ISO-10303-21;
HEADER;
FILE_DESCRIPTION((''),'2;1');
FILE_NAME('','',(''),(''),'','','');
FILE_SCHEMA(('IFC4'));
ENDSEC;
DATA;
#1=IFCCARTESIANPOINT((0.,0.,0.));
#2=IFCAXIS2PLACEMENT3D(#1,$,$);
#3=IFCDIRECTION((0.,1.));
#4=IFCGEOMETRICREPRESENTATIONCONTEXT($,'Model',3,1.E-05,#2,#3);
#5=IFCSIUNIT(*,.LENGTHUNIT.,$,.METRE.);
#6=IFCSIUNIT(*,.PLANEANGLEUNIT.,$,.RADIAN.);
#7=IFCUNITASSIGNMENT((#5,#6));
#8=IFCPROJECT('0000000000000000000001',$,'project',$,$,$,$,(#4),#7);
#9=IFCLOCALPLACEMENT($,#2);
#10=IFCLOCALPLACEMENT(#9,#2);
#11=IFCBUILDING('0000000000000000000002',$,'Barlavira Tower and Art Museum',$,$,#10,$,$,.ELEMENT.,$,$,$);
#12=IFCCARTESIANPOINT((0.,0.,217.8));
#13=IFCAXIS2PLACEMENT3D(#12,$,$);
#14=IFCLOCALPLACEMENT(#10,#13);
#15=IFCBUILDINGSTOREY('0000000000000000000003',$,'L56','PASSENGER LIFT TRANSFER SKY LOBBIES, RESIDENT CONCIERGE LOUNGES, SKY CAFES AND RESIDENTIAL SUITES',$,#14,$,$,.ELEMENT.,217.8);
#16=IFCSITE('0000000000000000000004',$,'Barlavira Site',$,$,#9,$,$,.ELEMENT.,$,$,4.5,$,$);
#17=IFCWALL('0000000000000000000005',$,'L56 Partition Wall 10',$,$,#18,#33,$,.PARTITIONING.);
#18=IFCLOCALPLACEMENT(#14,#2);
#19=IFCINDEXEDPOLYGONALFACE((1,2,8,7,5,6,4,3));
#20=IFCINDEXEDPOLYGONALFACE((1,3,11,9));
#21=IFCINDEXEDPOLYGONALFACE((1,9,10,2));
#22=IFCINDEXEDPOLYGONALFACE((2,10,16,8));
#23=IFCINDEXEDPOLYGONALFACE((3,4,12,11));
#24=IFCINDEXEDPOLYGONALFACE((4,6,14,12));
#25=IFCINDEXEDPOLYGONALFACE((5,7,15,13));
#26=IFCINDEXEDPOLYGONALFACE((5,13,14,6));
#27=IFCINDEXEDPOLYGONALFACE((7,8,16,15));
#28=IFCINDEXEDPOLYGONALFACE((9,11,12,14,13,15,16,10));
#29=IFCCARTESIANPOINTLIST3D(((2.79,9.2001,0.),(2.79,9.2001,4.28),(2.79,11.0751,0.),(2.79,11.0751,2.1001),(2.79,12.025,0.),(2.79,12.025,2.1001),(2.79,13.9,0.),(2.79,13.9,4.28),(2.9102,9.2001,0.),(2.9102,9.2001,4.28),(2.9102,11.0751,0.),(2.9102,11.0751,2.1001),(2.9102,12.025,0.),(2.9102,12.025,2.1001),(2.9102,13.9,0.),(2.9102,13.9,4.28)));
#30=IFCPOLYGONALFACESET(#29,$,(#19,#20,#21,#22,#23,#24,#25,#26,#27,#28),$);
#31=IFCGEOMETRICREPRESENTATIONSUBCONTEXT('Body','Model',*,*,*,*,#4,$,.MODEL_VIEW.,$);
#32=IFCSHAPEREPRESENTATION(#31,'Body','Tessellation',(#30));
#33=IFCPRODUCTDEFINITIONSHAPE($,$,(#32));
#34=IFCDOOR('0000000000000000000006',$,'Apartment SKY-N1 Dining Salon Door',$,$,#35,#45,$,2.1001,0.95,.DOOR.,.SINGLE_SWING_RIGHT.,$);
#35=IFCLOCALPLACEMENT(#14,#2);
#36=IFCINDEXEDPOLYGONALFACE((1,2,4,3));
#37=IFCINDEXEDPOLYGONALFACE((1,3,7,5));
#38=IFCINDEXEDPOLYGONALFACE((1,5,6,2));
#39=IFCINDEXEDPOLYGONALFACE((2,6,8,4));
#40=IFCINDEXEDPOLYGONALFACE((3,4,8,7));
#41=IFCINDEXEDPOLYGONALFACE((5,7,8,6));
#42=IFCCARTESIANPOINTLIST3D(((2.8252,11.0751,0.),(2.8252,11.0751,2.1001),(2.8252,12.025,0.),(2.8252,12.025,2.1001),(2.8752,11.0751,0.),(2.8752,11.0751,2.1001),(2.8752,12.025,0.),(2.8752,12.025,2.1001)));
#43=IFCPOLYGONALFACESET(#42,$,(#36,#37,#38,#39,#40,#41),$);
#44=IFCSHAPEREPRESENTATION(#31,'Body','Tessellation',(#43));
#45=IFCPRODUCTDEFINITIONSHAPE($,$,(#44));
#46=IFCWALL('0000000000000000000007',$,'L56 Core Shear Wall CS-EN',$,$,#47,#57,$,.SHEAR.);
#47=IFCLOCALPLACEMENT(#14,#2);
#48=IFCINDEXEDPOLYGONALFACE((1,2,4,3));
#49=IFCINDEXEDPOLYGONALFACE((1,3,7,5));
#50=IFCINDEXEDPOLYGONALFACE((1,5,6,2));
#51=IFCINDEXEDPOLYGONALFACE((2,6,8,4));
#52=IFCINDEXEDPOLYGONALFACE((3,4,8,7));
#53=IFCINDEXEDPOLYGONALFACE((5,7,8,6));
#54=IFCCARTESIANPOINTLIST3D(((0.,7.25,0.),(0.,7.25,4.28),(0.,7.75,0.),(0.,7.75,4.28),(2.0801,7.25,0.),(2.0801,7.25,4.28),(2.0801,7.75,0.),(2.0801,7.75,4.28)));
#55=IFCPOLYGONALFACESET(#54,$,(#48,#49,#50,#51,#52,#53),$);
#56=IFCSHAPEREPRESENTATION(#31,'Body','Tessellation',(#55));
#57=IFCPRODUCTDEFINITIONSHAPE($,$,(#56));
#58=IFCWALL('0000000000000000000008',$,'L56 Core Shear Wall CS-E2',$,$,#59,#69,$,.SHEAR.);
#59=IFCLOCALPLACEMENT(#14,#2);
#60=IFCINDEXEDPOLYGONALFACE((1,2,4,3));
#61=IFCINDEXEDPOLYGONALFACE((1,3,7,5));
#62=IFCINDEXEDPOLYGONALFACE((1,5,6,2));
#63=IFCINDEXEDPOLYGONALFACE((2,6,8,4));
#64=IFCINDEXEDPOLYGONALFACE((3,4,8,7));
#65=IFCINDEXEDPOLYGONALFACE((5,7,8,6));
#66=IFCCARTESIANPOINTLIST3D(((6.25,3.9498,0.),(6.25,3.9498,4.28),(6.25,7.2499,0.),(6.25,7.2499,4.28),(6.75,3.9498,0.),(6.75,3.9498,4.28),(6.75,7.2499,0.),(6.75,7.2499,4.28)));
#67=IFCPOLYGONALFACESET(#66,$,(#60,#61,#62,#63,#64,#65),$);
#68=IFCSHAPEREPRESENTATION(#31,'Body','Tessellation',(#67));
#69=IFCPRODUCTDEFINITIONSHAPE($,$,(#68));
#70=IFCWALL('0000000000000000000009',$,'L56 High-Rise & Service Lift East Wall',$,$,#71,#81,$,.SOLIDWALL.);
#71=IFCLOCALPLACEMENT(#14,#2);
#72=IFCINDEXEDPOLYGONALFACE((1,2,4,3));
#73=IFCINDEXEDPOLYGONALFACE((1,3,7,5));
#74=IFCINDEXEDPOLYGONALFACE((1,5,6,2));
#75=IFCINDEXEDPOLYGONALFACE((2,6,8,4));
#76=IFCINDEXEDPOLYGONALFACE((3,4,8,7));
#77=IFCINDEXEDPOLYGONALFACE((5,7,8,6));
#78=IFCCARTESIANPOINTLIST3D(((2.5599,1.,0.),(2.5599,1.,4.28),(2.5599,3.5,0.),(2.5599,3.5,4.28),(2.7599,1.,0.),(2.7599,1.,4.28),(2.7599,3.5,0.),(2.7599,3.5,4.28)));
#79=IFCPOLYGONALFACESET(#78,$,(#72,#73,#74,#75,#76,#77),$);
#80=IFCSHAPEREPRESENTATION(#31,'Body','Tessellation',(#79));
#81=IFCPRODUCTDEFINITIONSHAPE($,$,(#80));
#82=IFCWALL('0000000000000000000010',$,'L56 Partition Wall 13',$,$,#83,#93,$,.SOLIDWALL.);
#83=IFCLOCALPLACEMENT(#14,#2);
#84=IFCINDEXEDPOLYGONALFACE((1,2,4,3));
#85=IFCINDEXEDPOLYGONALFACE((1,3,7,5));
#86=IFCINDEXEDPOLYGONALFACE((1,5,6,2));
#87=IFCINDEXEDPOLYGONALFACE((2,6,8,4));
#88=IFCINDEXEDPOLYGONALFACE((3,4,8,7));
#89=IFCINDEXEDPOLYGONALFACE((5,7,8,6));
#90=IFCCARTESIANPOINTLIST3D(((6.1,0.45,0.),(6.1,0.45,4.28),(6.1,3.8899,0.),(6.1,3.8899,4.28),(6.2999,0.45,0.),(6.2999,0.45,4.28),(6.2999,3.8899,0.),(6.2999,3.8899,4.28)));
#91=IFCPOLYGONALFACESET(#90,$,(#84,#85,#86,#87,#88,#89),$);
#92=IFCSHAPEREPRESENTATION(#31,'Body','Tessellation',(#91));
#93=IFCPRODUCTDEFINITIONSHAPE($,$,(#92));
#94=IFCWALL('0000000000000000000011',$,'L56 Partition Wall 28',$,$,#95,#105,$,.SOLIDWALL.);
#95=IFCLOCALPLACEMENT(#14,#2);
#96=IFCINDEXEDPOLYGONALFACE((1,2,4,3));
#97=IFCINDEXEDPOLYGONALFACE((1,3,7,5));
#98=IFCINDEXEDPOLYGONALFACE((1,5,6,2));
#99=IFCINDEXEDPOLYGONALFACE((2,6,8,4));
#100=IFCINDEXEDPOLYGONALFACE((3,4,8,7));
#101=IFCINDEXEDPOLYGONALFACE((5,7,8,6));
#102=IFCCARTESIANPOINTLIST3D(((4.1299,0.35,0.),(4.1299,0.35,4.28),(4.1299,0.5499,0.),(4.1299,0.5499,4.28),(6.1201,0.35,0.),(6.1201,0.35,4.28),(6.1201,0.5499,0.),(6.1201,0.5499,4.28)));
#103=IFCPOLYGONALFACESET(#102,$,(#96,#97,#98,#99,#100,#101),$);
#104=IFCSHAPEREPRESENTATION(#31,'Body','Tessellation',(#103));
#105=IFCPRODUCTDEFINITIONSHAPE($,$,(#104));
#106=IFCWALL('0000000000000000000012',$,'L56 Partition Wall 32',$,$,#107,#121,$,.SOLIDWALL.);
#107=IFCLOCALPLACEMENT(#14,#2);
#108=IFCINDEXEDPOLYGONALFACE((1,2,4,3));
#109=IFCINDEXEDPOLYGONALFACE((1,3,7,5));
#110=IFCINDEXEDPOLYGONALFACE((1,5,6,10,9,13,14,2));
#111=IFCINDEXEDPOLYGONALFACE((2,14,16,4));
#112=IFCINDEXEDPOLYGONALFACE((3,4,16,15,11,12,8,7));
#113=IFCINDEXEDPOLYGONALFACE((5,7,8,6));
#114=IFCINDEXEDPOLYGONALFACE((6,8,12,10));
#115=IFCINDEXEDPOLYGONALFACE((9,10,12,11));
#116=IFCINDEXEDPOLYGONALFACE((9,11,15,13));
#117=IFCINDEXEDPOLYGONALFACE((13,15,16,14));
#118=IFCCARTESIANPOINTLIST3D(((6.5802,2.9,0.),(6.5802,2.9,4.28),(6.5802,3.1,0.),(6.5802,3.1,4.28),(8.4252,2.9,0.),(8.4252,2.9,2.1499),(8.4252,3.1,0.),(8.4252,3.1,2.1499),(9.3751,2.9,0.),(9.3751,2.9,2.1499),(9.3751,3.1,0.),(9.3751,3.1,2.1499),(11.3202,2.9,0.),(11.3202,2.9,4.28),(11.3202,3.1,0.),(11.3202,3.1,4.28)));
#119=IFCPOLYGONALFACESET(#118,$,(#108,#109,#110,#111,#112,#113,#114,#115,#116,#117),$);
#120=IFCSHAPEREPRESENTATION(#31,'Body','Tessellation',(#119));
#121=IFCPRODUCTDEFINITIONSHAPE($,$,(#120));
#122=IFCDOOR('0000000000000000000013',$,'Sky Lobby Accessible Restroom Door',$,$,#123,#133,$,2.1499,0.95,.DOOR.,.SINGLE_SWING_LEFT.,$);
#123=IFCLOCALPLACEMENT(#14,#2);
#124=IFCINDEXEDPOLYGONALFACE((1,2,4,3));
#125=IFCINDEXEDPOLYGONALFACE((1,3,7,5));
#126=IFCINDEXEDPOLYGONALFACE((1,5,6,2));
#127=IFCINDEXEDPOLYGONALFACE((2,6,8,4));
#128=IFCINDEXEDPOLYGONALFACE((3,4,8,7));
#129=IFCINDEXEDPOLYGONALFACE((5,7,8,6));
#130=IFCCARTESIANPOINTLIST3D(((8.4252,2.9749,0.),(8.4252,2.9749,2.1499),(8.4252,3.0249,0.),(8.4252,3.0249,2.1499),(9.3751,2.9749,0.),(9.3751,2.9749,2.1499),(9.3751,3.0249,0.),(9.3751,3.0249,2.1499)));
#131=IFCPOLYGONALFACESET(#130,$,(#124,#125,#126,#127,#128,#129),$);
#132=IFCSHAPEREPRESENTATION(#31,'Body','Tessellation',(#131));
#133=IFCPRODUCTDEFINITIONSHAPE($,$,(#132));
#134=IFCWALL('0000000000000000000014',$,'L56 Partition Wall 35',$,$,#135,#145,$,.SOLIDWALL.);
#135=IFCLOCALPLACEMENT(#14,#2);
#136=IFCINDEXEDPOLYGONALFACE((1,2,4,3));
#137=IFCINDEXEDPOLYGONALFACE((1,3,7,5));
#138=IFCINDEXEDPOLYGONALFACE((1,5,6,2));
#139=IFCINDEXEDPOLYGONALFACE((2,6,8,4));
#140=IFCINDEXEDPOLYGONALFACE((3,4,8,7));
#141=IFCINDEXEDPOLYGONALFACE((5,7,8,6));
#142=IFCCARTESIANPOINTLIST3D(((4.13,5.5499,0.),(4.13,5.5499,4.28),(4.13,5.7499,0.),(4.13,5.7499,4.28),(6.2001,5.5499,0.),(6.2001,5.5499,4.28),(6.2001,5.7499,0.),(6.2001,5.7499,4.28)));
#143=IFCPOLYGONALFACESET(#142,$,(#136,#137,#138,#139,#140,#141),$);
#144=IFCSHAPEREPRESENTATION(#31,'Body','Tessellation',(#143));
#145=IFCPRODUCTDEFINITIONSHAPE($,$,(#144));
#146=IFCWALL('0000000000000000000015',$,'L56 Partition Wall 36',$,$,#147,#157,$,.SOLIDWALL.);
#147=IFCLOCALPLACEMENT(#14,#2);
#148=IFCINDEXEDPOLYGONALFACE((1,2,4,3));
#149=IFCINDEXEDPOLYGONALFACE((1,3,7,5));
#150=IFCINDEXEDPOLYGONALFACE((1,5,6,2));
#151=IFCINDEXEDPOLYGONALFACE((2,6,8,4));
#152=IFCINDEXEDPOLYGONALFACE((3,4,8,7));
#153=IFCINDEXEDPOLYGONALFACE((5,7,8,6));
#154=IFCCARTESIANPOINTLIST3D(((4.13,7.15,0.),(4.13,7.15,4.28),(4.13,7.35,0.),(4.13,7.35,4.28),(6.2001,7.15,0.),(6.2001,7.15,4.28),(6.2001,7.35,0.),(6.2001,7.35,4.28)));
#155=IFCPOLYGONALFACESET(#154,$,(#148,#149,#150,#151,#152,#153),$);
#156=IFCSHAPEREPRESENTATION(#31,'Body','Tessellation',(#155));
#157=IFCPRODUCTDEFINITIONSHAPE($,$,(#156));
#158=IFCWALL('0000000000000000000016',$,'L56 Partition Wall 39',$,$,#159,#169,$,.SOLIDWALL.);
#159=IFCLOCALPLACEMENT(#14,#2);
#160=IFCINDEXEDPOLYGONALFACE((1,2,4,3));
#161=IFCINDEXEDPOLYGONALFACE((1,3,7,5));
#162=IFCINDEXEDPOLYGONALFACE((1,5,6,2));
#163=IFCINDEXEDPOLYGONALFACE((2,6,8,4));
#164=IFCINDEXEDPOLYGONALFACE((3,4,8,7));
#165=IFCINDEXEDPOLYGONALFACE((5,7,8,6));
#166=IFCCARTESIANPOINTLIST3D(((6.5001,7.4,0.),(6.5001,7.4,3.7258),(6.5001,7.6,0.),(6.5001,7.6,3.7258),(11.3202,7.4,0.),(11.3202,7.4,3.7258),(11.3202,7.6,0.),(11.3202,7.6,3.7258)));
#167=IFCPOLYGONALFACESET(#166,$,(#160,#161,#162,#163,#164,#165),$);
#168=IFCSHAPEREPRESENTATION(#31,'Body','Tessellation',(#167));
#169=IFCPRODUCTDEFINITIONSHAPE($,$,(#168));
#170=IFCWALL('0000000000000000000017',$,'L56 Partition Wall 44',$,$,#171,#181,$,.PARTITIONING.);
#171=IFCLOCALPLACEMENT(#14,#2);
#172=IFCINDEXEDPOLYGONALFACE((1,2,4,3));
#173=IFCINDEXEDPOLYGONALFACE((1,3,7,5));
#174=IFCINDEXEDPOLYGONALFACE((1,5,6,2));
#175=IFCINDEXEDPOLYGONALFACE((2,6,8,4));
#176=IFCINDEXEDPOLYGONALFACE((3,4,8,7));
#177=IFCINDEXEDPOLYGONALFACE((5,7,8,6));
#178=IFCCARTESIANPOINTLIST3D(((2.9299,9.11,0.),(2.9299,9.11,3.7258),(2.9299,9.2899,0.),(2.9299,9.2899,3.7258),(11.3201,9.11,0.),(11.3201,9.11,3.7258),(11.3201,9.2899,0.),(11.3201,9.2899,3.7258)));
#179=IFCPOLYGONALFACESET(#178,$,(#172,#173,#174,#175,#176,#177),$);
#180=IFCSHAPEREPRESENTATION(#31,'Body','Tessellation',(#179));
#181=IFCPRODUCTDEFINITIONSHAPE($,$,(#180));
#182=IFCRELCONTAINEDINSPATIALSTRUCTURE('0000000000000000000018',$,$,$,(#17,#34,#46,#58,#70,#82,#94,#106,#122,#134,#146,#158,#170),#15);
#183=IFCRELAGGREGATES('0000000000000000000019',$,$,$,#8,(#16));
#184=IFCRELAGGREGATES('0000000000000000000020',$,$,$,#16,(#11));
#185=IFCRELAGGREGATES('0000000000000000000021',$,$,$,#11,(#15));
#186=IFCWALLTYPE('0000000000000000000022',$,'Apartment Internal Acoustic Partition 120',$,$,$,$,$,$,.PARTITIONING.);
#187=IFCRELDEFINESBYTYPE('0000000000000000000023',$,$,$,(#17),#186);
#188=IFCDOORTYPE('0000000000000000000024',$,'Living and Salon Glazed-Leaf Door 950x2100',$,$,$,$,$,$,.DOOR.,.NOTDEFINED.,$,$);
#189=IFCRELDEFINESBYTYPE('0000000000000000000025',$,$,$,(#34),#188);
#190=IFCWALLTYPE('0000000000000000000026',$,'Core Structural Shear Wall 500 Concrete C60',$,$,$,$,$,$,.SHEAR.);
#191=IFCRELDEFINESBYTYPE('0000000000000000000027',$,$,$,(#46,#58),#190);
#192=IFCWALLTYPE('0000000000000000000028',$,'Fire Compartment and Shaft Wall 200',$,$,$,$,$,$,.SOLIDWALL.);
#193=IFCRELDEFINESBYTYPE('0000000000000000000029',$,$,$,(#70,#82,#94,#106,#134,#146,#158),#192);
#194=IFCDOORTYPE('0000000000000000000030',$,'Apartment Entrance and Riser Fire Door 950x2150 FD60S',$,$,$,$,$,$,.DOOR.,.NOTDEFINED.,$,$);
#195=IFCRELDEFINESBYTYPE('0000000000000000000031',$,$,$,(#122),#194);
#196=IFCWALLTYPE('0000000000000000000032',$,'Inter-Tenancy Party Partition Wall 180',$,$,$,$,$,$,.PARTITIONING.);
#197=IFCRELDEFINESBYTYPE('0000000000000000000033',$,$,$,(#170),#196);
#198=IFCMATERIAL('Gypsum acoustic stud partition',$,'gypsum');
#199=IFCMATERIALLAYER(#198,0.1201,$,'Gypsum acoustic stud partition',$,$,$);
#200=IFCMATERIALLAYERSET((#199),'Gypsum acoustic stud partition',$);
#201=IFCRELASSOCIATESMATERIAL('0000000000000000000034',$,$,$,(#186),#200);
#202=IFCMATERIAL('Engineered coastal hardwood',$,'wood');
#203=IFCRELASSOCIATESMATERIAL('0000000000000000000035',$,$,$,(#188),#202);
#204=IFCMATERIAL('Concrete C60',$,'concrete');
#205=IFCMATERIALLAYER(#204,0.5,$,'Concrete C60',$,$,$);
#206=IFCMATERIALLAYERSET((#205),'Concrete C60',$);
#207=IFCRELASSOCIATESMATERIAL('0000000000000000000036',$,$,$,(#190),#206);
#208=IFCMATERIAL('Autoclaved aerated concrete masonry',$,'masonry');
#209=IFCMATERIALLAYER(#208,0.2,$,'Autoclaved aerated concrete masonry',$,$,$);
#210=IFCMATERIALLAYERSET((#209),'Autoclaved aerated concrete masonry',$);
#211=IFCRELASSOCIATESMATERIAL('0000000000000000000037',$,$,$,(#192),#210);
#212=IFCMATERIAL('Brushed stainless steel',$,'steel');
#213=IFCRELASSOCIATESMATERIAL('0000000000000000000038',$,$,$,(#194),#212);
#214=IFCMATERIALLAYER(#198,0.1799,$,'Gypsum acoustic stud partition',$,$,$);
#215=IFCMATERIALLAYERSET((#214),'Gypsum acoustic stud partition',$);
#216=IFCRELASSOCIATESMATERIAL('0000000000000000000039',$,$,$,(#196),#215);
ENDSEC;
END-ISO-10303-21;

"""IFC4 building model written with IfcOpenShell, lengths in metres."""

from ifc_helpers import new_model, si_unit, direction, frame, frame_2d, origin, place, context, subcontext, project, spatial, rectangle, extrude, material, layer, layer_set, type_object, element, fill, save


model = new_model("IFC4")

# Units and contexts
model_context = context("Model", 3, precision=1e-05, world=origin(), true_north=direction((0.0, 1.0)))
body_context = subcontext(model_context, "Body", "Model", "MODEL_VIEW")
ifc_project = project(units=[si_unit("LENGTHUNIT", "METRE"), si_unit("PLANEANGLEUNIT", "RADIAN")], contexts=[model_context])

# Site, building, storey
site_placement = place(None, origin())
site = spatial("IfcSite", under=ifc_project, at=site_placement, Name="Barlavira Site", CompositionType="ELEMENT", RefElevation=4.5)
building_placement = place(site_placement, origin())
building = spatial("IfcBuilding", under=site, at=building_placement, Name="Barlavira Tower and Art Museum", CompositionType="ELEMENT")
storey_placement = place(building_placement, frame((0.0, 0.0, 217.8)))
storey = spatial("IfcBuildingStorey", under=building, at=storey_placement, Name="L56", Description="PASSENGER LIFT TRANSFER SKY LOBBIES, RESIDENT CONCIERGE LOUNGES, SKY CAFES AND RESIDENTIAL SUITES", CompositionType="ELEMENT", Elevation=217.8)

# Wall, opening, door
ifc_material_1 = material(Name="Gypsum acoustic stud partition", Category="gypsum")
ifc_layer_1 = layer(ifc_material_1, 0.1201, Name="Gypsum acoustic stud partition")
ifc_layer_set_1 = layer_set([ifc_layer_1], Name="Gypsum acoustic stud partition")
wall_type_1 = type_object("IfcWallType", Name="Apartment Internal Acoustic Partition 120", PredefinedType="PARTITIONING", material=ifc_layer_set_1)
wall_1_placement = place(storey_placement, frame((2.8501, 9.2, 0.0), z_axis=(0.0, 0.0, 1.0), x_axis=(0.0, 1.0, 0.0)))
wall_1 = element("IfcWall", 1, at=wall_1_placement, inside=storey, type_object=wall_type_1, Name="L56 Partition Wall 10", PredefinedType="PARTITIONING", context=body_context, shape_type="SweptSolid", body=[
    extrude(rectangle(XDim=4.7, YDim=0.1201, at=frame_2d((2.3501, 0.0))), origin(), (0.0, 0.0, 1.0), 4.28),
])
opening_1_placement = place(wall_1_placement, frame((1.875, 0.0, 0.0)))
opening_1 = element("IfcOpeningElement", 2, at=opening_1_placement, cuts=wall_1, PredefinedType="OPENING", context=body_context, shape_type="SweptSolid", body=[
    extrude(rectangle(XDim=0.95, YDim=2.1001, at=frame_2d((0.4751, 1.05))), frame((0.0, 0.0701, 0.0), z_axis=(0.0, -1.0, 0.0), x_axis=(1.0, 0.0, 0.0)), (0.0, 0.0, 1.0), 0.1401),
])
ifc_material_2 = material(Name="Engineered coastal hardwood", Category="wood")
door_type_1 = type_object("IfcDoorType", Name="Living and Salon Glazed-Leaf Door 950x2100", OperationType="NOTDEFINED", PredefinedType="DOOR", material=ifc_material_2)
door_1_placement = place(opening_1_placement, origin())
door_1 = element("IfcDoor", 3, at=door_1_placement, inside=storey, type_object=door_type_1, Name="Apartment SKY-N1 Dining Salon Door", OperationType="SINGLE_SWING_RIGHT", OverallHeight=2.1001, OverallWidth=0.95, PredefinedType="DOOR", context=body_context, shape_type="SweptSolid", body=[
    extrude(rectangle(XDim=0.95, YDim=2.1001, at=frame_2d((0.4751, 1.05))), frame((0.0, 0.0249, 0.0), z_axis=(0.0, -1.0, 0.0), x_axis=(1.0, 0.0, 0.0)), (0.0, 0.0, 1.0), 0.05),
])
fill(opening_1, door_1)

# Walls
ifc_material_3 = material(Name="Concrete C60", Category="concrete")
ifc_layer_2 = layer(ifc_material_3, 0.5, Name="Concrete C60")
ifc_layer_set_2 = layer_set([ifc_layer_2], Name="Concrete C60")
wall_type_2 = type_object("IfcWallType", Name="Core Structural Shear Wall 500 Concrete C60", PredefinedType="SHEAR", material=ifc_layer_set_2)
wall_2_placement = place(storey_placement, frame((0.0, 7.5, 0.0), z_axis=(0.0, 0.0, 1.0), x_axis=(1.0, 0.0, 0.0)))
element("IfcWall", 4, at=wall_2_placement, inside=storey, type_object=wall_type_2, Name="L56 Core Shear Wall CS-EN", PredefinedType="SHEAR", context=body_context, shape_type="SweptSolid", body=[
    extrude(rectangle(XDim=2.0801, YDim=0.5, at=frame_2d((1.04, 0.0))), origin(), (0.0, 0.0, 1.0), 4.28),
])
wall_3_placement = place(storey_placement, frame((6.5, 3.95, 0.0), z_axis=(0.0, 0.0, 1.0), x_axis=(0.0, 1.0, 0.0)))
element("IfcWall", 5, at=wall_3_placement, inside=storey, type_object=wall_type_2, Name="L56 Core Shear Wall CS-E2", PredefinedType="SHEAR", context=body_context, shape_type="SweptSolid", body=[
    extrude(rectangle(XDim=3.3, YDim=0.5, at=frame_2d((1.6499, 0.0))), origin(), (0.0, 0.0, 1.0), 4.28),
])
ifc_material_4 = material(Name="Autoclaved aerated concrete masonry", Category="masonry")
ifc_layer_3 = layer(ifc_material_4, 0.2, Name="Autoclaved aerated concrete masonry")
ifc_layer_set_3 = layer_set([ifc_layer_3], Name="Autoclaved aerated concrete masonry")
wall_type_3 = type_object("IfcWallType", Name="Fire Compartment and Shaft Wall 200", PredefinedType="SOLIDWALL", material=ifc_layer_set_3)
wall_4_placement = place(storey_placement, frame((2.6599, 1.0, 0.0), z_axis=(0.0, 0.0, 1.0), x_axis=(0.0, 1.0, 0.0)))
element("IfcWall", 6, at=wall_4_placement, inside=storey, type_object=wall_type_3, Name="L56 High-Rise & Service Lift East Wall", PredefinedType="SOLIDWALL", context=body_context, shape_type="SweptSolid", body=[
    extrude(rectangle(XDim=2.5, YDim=0.2, at=frame_2d((1.25, 0.0))), origin(), (0.0, 0.0, 1.0), 4.28),
])

# Shared definitions
ifc_material_5 = material(Name="Brushed stainless steel", Category="steel")
door_type_2 = type_object("IfcDoorType", Name="Apartment Entrance and Riser Fire Door 950x2150 FD60S", OperationType="NOTDEFINED", PredefinedType="DOOR", material=ifc_material_5)

# Walls
wall_5_placement = place(storey_placement, frame((6.2, 0.45, 0.0), z_axis=(0.0, 0.0, 1.0), x_axis=(0.0, 1.0, 0.0)))
element("IfcWall", 7, at=wall_5_placement, inside=storey, type_object=wall_type_3, Name="L56 Partition Wall 13", PredefinedType="SOLIDWALL", context=body_context, shape_type="SweptSolid", body=[
    extrude(rectangle(XDim=3.4399, YDim=0.2, at=frame_2d((1.72, 0.0))), origin(), (0.0, 0.0, 1.0), 4.28),
])
wall_6_placement = place(storey_placement, frame((4.1299, 0.45, 0.0), z_axis=(0.0, 0.0, 1.0), x_axis=(1.0, 0.0, 0.0)))
element("IfcWall", 8, at=wall_6_placement, inside=storey, type_object=wall_type_3, Name="L56 Partition Wall 28", PredefinedType="SOLIDWALL", context=body_context, shape_type="SweptSolid", body=[
    extrude(rectangle(XDim=1.9902, YDim=0.2, at=frame_2d((0.9951, 0.0))), origin(), (0.0, 0.0, 1.0), 4.28),
])

# Wall, opening, door
wall_7_placement = place(storey_placement, frame((6.5801, 3.0, 0.0), z_axis=(0.0, 0.0, 1.0), x_axis=(1.0, 0.0, 0.0)))
wall_7 = element("IfcWall", 9, at=wall_7_placement, inside=storey, type_object=wall_type_3, Name="L56 Partition Wall 32", PredefinedType="SOLIDWALL", context=body_context, shape_type="SweptSolid", body=[
    extrude(rectangle(XDim=4.74, YDim=0.2, at=frame_2d((2.3701, 0.0))), origin(), (0.0, 0.0, 1.0), 4.28),
])
opening_2_placement = place(wall_7_placement, frame((1.845, 0.0, 0.0)))
opening_2 = element("IfcOpeningElement", 10, at=opening_2_placement, cuts=wall_7, PredefinedType="OPENING", context=body_context, shape_type="SweptSolid", body=[
    extrude(rectangle(XDim=0.95, YDim=2.1499, at=frame_2d((0.4751, 1.075))), frame((0.0, 0.1099, 0.0), z_axis=(0.0, -1.0, 0.0), x_axis=(1.0, 0.0, 0.0)), (0.0, 0.0, 1.0), 0.22),
])
door_2_placement = place(opening_2_placement, origin())
door_2 = element("IfcDoor", 11, at=door_2_placement, inside=storey, type_object=door_type_2, Name="Sky Lobby Accessible Restroom Door", OperationType="SINGLE_SWING_LEFT", OverallHeight=2.1499, OverallWidth=0.95, PredefinedType="DOOR", context=body_context, shape_type="SweptSolid", body=[
    extrude(rectangle(XDim=0.95, YDim=2.1499, at=frame_2d((0.4751, 1.075))), frame((0.0, 0.0249, 0.0), z_axis=(0.0, -1.0, 0.0), x_axis=(1.0, 0.0, 0.0)), (0.0, 0.0, 1.0), 0.05),
])
fill(opening_2, door_2)

# Walls
for number, where, z_axis, x_axis, name in (
    (12, (4.1299, 5.6499, 0.0), (0.0, 0.0, 1.0), (1.0, 0.0, 0.0), "L56 Partition Wall 35"),
    (13, (4.1299, 7.25, 0.0), (0.0, 0.0, 1.0), (1.0, 0.0, 0.0), "L56 Partition Wall 36"),
):
    element("IfcWall", number, at=place(storey_placement, frame(where, z_axis=z_axis, x_axis=x_axis)), inside=storey, type_object=wall_type_3, Name=name, PredefinedType="SOLIDWALL", context=body_context, shape_type="SweptSolid", body=[
        extrude(rectangle(XDim=2.0701, YDim=0.2, at=frame_2d((1.0352, 0.0))), origin(), (0.0, 0.0, 1.0), 4.28),
    ])
wall_8_placement = place(storey_placement, frame((6.5, 7.5, 0.0), z_axis=(0.0, 0.0, 1.0), x_axis=(1.0, 0.0, 0.0)))
element("IfcWall", 14, at=wall_8_placement, inside=storey, type_object=wall_type_3, Name="L56 Partition Wall 39", PredefinedType="SOLIDWALL", context=body_context, shape_type="SweptSolid", body=[
    extrude(rectangle(XDim=4.8201, YDim=0.2, at=frame_2d((2.4102, 0.0))), origin(), (0.0, 0.0, 1.0), 3.7258),
])
ifc_layer_4 = layer(ifc_material_1, 0.1799, Name="Gypsum acoustic stud partition")
ifc_layer_set_4 = layer_set([ifc_layer_4], Name="Gypsum acoustic stud partition")
wall_type_4 = type_object("IfcWallType", Name="Inter-Tenancy Party Partition Wall 180", PredefinedType="PARTITIONING", material=ifc_layer_set_4)
wall_9_placement = place(storey_placement, frame((2.9299, 9.2, 0.0), z_axis=(0.0, 0.0, 1.0), x_axis=(1.0, 0.0, 0.0)))
element("IfcWall", 15, at=wall_9_placement, inside=storey, type_object=wall_type_4, Name="L56 Partition Wall 44", PredefinedType="PARTITIONING", context=body_context, shape_type="SweptSolid", body=[
    extrude(rectangle(XDim=8.3901, YDim=0.1799, at=frame_2d((4.1951, 0.0))), origin(), (0.0, 0.0, 1.0), 3.7258),
])

save(model, "model.ifc")
